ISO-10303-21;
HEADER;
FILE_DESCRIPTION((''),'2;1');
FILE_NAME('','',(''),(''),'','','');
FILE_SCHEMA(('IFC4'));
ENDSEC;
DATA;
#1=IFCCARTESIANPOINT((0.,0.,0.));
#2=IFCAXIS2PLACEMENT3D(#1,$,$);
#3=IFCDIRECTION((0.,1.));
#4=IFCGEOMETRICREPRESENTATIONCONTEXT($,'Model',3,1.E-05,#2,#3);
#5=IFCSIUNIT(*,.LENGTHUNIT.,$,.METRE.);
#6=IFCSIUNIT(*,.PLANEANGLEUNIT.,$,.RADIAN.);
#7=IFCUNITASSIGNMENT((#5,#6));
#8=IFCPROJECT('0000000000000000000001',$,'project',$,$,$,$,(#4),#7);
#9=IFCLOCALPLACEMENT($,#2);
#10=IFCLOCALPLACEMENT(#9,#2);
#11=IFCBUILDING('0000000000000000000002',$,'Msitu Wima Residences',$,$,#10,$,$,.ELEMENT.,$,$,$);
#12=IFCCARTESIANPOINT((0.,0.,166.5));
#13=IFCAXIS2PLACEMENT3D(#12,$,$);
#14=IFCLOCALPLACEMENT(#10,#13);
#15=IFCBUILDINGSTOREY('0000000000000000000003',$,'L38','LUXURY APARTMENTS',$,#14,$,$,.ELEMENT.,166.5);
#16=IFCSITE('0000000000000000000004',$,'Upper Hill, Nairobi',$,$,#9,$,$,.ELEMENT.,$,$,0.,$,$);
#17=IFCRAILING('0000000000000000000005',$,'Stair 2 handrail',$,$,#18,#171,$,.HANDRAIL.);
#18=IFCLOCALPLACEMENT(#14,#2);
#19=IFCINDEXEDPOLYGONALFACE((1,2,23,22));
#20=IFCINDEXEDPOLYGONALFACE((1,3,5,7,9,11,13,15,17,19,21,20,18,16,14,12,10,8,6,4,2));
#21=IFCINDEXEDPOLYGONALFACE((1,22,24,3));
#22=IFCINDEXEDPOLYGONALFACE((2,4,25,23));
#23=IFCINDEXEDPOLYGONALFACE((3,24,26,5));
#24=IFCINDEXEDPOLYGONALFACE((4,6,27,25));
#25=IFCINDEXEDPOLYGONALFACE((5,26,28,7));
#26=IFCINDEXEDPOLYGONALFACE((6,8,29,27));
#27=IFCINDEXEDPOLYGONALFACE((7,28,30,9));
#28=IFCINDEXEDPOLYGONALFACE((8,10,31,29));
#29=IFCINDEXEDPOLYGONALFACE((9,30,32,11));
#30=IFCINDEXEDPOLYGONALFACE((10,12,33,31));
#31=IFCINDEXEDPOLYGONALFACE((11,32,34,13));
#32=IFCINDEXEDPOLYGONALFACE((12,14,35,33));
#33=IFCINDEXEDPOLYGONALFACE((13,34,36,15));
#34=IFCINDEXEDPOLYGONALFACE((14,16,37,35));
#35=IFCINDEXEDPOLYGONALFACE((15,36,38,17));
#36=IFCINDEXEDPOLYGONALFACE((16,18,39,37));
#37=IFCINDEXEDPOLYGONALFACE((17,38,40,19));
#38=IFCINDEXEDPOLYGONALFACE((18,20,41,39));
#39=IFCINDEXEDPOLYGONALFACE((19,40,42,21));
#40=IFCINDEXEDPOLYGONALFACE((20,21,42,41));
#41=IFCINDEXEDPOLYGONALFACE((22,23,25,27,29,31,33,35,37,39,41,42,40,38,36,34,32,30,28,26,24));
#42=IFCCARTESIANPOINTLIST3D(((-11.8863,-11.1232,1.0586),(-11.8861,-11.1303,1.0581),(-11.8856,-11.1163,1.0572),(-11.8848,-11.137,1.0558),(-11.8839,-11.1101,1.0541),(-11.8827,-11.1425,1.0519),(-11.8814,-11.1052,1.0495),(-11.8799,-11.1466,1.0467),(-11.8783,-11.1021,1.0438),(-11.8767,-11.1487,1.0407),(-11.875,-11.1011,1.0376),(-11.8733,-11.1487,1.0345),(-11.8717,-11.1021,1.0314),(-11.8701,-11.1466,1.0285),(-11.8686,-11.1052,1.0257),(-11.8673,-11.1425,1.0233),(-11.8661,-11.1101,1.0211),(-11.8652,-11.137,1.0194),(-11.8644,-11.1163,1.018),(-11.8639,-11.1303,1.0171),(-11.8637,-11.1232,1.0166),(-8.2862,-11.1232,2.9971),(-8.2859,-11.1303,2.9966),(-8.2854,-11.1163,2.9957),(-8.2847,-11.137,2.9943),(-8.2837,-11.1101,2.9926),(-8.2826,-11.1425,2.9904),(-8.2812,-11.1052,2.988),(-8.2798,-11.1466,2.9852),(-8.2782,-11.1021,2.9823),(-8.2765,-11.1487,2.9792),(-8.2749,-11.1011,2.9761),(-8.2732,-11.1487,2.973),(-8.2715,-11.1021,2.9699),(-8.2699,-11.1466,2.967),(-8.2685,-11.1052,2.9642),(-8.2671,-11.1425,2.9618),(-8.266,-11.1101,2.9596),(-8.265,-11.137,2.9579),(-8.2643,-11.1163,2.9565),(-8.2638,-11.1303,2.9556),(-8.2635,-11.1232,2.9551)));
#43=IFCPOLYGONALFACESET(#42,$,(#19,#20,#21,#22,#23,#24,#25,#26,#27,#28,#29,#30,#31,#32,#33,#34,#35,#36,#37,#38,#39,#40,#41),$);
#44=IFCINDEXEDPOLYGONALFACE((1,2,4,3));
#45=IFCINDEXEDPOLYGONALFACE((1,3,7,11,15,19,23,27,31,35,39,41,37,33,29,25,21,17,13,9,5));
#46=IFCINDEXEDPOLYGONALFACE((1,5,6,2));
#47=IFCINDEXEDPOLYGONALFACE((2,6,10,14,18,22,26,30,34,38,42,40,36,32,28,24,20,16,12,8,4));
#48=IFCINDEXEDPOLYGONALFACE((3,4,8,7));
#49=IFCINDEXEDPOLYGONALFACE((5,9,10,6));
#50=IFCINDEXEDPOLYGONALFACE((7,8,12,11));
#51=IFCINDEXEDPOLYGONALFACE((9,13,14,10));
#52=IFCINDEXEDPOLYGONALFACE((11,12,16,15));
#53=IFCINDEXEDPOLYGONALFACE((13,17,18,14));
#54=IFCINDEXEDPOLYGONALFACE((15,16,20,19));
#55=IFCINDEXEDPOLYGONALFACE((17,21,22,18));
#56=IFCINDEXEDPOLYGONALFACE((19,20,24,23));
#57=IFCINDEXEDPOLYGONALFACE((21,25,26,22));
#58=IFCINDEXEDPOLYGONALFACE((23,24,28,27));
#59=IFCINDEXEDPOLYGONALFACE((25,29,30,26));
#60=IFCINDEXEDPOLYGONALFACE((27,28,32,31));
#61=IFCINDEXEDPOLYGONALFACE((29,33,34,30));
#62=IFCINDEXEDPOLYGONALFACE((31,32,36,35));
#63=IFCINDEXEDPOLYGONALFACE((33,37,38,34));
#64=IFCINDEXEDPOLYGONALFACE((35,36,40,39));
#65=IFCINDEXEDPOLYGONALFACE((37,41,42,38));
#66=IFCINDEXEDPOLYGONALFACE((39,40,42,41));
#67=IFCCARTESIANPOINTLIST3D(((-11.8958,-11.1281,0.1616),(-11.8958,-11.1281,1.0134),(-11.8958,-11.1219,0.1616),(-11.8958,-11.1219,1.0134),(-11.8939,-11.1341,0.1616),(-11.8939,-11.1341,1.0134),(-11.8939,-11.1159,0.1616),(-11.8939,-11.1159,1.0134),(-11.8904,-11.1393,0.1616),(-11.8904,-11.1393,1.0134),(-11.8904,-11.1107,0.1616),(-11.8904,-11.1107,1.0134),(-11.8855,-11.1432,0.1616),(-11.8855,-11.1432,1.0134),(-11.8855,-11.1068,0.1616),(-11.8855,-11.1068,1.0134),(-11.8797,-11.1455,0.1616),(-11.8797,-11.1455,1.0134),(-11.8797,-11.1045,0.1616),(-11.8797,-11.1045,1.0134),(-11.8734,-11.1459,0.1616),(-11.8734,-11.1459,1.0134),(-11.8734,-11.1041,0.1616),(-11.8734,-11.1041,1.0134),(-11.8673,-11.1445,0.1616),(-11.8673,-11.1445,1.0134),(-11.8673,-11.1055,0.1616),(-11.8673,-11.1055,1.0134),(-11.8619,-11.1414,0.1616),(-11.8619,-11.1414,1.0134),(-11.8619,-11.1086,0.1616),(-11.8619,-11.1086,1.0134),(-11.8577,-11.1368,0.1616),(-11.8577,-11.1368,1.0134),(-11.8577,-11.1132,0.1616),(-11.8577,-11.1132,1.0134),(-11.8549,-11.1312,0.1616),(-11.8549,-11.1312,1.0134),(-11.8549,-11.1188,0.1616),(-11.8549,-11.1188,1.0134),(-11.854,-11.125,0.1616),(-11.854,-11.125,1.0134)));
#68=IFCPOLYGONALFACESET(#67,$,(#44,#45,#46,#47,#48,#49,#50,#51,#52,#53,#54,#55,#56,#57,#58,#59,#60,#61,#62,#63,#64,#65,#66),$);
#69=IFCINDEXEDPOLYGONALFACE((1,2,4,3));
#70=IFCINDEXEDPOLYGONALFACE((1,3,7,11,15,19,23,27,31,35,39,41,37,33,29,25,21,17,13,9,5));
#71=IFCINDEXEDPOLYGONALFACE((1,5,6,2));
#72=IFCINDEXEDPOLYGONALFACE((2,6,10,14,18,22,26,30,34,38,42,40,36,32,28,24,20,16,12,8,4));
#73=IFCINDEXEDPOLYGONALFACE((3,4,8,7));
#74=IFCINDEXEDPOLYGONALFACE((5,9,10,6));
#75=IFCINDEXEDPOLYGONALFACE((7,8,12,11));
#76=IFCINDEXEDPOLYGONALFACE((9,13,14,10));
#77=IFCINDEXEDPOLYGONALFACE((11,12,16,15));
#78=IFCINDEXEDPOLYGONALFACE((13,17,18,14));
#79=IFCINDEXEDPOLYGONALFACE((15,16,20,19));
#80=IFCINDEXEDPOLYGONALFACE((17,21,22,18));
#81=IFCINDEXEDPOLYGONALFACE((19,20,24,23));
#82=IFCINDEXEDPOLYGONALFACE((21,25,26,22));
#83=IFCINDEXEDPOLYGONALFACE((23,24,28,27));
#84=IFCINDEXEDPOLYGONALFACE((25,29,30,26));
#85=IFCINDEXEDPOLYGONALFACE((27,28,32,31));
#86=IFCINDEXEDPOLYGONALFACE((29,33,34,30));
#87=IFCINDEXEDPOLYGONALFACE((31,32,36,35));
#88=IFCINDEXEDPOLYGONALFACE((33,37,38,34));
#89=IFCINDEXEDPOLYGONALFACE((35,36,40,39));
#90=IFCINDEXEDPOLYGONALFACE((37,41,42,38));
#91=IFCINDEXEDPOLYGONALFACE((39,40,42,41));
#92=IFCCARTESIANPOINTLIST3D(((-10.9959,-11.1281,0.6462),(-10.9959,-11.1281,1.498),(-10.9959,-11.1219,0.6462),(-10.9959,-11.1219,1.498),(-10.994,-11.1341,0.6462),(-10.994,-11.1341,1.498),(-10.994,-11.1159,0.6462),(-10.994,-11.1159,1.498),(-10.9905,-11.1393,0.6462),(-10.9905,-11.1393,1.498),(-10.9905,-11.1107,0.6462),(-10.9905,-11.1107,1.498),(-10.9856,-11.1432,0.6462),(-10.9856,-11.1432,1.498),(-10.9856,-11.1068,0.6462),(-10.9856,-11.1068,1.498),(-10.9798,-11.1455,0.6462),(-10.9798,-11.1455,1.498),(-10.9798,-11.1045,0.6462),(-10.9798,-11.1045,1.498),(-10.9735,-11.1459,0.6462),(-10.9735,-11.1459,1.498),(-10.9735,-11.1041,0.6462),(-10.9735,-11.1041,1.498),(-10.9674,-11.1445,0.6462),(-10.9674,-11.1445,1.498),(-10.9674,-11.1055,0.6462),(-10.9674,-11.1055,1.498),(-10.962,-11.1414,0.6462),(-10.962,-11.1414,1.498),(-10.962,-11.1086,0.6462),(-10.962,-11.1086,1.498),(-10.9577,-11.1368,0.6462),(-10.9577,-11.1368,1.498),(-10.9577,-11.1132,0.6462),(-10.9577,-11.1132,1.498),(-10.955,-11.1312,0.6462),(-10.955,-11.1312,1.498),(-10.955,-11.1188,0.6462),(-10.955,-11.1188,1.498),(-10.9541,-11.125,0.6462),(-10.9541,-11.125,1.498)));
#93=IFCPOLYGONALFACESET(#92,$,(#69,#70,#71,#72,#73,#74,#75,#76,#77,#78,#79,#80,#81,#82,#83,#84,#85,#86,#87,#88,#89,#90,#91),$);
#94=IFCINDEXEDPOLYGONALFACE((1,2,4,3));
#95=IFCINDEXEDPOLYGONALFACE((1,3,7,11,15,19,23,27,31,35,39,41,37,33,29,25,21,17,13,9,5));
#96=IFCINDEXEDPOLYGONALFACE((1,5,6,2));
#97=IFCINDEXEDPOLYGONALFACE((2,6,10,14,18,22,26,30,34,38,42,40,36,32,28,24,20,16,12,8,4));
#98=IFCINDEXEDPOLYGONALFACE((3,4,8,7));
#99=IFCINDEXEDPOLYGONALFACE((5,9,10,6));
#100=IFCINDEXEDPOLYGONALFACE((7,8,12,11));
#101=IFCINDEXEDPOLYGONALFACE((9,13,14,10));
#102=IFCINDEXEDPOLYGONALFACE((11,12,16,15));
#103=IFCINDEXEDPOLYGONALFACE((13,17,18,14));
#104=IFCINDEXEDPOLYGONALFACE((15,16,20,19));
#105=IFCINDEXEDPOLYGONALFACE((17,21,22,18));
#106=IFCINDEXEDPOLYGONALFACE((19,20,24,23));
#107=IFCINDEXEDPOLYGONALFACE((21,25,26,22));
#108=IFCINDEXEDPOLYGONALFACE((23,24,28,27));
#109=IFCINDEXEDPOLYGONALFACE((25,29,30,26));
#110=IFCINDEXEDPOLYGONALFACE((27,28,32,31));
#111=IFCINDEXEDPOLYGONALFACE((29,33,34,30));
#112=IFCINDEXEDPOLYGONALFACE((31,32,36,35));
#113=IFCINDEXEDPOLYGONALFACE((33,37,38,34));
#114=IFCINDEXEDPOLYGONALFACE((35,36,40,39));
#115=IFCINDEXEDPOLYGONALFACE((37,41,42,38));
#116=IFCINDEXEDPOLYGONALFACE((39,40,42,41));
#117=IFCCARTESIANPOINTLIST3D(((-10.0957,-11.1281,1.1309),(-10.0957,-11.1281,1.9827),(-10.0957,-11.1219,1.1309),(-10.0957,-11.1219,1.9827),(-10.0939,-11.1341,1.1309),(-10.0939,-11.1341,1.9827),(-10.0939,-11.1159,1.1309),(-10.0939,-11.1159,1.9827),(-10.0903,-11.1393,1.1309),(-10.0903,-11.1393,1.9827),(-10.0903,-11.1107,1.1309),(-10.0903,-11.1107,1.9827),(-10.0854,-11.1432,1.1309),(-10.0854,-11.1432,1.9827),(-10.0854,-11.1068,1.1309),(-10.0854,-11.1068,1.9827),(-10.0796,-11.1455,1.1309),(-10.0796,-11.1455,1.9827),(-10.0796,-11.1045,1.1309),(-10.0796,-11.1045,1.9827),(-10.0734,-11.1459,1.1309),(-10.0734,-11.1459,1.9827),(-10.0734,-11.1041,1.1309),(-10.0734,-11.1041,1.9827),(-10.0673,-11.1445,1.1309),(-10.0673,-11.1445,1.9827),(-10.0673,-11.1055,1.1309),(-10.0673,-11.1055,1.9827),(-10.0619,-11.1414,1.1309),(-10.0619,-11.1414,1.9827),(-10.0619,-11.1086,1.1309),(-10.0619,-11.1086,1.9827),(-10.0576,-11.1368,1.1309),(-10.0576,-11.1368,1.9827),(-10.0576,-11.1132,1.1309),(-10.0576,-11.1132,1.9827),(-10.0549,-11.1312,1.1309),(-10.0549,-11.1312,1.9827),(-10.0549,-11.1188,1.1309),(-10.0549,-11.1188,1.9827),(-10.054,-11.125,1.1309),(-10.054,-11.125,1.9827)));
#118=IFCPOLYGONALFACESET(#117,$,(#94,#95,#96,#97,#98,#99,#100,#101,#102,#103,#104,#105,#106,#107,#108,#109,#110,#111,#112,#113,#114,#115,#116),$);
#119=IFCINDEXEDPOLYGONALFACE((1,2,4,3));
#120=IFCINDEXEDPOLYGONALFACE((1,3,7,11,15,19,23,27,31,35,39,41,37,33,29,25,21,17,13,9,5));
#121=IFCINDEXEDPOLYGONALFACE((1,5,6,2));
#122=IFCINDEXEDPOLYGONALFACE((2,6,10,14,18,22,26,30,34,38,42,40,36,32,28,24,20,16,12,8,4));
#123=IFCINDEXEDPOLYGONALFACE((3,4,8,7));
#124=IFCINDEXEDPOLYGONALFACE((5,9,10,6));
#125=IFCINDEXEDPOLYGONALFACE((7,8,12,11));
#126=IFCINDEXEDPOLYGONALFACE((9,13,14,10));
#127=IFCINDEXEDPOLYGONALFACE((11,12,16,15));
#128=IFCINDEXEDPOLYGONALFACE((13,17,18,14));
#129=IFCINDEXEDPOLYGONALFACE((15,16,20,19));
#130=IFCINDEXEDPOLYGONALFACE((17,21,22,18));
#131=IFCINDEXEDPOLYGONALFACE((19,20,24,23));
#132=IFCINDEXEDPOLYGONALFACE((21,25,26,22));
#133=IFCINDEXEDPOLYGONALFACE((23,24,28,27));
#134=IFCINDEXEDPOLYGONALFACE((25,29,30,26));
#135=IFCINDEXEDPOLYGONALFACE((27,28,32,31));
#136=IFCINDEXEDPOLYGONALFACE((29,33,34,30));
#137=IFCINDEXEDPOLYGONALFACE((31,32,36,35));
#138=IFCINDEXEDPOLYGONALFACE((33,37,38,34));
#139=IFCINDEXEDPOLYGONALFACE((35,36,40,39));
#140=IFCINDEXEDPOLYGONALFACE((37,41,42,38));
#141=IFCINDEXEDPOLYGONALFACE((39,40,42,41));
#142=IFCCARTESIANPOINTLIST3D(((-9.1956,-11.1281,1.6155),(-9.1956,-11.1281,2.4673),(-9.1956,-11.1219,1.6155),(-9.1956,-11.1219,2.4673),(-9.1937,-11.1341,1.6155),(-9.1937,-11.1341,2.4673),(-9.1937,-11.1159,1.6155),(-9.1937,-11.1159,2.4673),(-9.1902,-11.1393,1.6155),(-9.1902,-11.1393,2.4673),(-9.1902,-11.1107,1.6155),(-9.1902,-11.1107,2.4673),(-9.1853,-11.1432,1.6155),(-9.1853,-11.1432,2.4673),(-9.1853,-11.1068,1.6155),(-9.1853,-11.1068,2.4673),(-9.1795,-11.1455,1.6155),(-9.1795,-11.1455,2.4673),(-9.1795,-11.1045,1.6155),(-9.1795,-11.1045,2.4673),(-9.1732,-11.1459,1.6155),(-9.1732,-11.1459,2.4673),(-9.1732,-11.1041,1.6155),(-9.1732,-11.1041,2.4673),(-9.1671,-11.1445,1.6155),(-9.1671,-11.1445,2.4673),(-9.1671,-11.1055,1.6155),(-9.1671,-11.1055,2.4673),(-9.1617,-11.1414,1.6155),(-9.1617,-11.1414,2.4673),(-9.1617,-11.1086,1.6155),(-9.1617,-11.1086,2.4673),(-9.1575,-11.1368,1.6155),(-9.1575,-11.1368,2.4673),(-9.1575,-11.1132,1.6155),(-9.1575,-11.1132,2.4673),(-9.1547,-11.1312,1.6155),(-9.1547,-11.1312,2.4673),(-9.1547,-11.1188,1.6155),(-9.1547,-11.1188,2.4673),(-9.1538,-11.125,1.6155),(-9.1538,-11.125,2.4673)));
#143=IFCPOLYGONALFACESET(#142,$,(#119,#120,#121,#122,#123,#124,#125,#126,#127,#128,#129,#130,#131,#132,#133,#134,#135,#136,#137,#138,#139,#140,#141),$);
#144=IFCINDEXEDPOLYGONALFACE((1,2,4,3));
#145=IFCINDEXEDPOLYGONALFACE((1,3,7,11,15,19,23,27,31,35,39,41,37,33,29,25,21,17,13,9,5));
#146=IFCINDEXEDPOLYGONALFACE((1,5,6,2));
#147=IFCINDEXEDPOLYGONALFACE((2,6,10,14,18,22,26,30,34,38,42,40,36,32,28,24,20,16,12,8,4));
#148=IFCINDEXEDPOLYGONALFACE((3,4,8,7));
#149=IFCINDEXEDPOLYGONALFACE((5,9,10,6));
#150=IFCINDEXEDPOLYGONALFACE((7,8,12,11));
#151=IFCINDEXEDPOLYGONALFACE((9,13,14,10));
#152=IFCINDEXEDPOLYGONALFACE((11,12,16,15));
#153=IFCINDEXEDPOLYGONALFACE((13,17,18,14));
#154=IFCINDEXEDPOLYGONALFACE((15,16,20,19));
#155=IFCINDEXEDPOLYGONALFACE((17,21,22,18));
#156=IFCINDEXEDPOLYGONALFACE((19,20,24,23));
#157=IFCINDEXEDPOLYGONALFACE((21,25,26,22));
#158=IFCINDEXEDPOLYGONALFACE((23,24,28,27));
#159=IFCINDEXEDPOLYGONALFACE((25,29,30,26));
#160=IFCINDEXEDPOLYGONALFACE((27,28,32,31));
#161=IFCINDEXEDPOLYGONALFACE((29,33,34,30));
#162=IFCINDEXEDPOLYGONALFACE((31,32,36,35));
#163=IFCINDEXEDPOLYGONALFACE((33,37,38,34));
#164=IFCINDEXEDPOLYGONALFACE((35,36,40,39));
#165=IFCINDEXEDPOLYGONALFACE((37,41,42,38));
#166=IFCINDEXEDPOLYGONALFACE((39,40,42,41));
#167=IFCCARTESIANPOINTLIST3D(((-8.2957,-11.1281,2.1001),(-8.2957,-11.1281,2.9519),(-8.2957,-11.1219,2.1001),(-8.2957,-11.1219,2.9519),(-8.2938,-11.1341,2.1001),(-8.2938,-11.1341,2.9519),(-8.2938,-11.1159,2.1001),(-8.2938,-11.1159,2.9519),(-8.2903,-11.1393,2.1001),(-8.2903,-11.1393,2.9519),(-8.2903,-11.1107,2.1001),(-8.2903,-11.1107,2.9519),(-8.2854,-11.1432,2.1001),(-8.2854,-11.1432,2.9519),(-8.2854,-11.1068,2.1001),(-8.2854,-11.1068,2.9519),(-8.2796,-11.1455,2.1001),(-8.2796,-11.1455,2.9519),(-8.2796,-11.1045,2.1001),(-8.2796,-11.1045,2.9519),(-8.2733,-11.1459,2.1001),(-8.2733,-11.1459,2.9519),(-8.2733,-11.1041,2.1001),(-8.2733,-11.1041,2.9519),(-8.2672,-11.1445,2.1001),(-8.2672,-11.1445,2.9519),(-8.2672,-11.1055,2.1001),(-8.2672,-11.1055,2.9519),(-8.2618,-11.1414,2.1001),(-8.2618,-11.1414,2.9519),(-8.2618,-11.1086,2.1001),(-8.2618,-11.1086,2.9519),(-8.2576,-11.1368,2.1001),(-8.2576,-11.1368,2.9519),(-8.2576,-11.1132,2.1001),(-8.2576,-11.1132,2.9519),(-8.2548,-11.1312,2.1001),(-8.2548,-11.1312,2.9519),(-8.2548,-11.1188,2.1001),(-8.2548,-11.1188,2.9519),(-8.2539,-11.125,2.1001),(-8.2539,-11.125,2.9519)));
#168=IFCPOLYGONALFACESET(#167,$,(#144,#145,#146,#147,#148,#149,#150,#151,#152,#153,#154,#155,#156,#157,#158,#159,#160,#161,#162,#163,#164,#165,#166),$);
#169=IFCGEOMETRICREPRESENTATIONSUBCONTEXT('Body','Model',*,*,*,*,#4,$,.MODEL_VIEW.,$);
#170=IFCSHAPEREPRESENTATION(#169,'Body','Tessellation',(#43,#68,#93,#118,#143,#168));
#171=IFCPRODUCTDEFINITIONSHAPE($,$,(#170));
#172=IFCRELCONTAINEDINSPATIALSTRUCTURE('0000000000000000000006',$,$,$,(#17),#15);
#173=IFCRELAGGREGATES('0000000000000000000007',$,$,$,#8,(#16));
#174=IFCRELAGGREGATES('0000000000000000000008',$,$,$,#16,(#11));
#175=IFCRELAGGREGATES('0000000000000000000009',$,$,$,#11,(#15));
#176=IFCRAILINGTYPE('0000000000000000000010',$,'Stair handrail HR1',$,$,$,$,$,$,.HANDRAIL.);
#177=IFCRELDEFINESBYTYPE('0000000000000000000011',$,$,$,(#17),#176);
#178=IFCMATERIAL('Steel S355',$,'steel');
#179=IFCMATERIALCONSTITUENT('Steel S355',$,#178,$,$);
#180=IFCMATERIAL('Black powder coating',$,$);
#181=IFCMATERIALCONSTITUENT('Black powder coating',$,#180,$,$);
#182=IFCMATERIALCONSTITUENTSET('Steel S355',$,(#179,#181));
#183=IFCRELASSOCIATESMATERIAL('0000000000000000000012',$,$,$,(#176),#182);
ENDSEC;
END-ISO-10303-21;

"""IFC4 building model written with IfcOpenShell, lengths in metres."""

from ifc_helpers import new_model, si_unit, direction, frame, origin, origin_2d, place, context, subcontext, project, spatial, circle, extrude, material, constituent, constituent_set, type_object, element, save


model = new_model("IFC4")

# Units and contexts
model_context = context("Model", 3, precision=1e-05, world=origin(), true_north=direction((0.0, 1.0)))
body_context = subcontext(model_context, "Body", "Model", "MODEL_VIEW")
ifc_project = project(units=[si_unit("LENGTHUNIT", "METRE"), si_unit("PLANEANGLEUNIT", "RADIAN")], contexts=[model_context])

# Site, building, storey
site_placement = place(None, origin())
site = spatial("IfcSite", under=ifc_project, at=site_placement, Name="Upper Hill, Nairobi", CompositionType="ELEMENT", RefElevation=0.0)
building_placement = place(site_placement, origin())
building = spatial("IfcBuilding", under=site, at=building_placement, Name="Msitu Wima Residences", CompositionType="ELEMENT")
storey_placement = place(building_placement, frame((0.0, 0.0, 166.5)))
storey = spatial("IfcBuildingStorey", under=building, at=storey_placement, Name="L38", Description="LUXURY APARTMENTS", CompositionType="ELEMENT", Elevation=166.5)

# Railing
ifc_material_1 = material(Name="Steel S355", Category="steel")
ifc_constituent_1 = constituent(ifc_material_1, Name="Steel S355")
ifc_material_2 = material(Name="Black powder coating")
ifc_constituent_2 = constituent(ifc_material_2, Name="Black powder coating")
ifc_constituent_set = constituent_set(constituents=[ifc_constituent_1, ifc_constituent_2], Name="Steel S355")
railing_type = type_object("IfcRailingType", Name="Stair handrail HR1", PredefinedType="HANDRAIL", material=ifc_constituent_set)
for number, where, name in (
    (1, (-11.875, -11.125, 0.1616), "Stair 2 handrail"),
):
    element("IfcRailing", number, at=place(storey_placement, frame(where)), inside=storey, type_object=railing_type, Name=name, PredefinedType="HANDRAIL", context=body_context, shape_type="SweptSolid", body=[
        extrude(circle(Radius=0.0239, at=origin_2d()), frame((0.0, 0.0, 0.876), z_axis=(0.880475, 0.0, 0.474093), x_axis=(0.0, 1.0, 0.0)), (0.0, 0.0, 1.0), 4.0889),
        extrude(circle(Radius=0.021, at=origin_2d()), origin(), (0.0, 0.0, 1.0), 0.8518),
        extrude(circle(Radius=0.021, at=origin_2d()), frame((0.8999, 0.0, 0.4846)), (0.0, 0.0, 1.0), 0.8518),
        extrude(circle(Radius=0.021, at=origin_2d()), frame((1.8, 0.0, 0.9692)), (0.0, 0.0, 1.0), 0.8518),
        extrude(circle(Radius=0.021, at=origin_2d()), frame((2.7002, 0.0, 1.4539)), (0.0, 0.0, 1.0), 0.8518),
        extrude(circle(Radius=0.021, at=origin_2d()), frame((3.6001, 0.0, 1.9385)), (0.0, 0.0, 1.0), 0.8518),
    ])

save(model, "model.ifc")
